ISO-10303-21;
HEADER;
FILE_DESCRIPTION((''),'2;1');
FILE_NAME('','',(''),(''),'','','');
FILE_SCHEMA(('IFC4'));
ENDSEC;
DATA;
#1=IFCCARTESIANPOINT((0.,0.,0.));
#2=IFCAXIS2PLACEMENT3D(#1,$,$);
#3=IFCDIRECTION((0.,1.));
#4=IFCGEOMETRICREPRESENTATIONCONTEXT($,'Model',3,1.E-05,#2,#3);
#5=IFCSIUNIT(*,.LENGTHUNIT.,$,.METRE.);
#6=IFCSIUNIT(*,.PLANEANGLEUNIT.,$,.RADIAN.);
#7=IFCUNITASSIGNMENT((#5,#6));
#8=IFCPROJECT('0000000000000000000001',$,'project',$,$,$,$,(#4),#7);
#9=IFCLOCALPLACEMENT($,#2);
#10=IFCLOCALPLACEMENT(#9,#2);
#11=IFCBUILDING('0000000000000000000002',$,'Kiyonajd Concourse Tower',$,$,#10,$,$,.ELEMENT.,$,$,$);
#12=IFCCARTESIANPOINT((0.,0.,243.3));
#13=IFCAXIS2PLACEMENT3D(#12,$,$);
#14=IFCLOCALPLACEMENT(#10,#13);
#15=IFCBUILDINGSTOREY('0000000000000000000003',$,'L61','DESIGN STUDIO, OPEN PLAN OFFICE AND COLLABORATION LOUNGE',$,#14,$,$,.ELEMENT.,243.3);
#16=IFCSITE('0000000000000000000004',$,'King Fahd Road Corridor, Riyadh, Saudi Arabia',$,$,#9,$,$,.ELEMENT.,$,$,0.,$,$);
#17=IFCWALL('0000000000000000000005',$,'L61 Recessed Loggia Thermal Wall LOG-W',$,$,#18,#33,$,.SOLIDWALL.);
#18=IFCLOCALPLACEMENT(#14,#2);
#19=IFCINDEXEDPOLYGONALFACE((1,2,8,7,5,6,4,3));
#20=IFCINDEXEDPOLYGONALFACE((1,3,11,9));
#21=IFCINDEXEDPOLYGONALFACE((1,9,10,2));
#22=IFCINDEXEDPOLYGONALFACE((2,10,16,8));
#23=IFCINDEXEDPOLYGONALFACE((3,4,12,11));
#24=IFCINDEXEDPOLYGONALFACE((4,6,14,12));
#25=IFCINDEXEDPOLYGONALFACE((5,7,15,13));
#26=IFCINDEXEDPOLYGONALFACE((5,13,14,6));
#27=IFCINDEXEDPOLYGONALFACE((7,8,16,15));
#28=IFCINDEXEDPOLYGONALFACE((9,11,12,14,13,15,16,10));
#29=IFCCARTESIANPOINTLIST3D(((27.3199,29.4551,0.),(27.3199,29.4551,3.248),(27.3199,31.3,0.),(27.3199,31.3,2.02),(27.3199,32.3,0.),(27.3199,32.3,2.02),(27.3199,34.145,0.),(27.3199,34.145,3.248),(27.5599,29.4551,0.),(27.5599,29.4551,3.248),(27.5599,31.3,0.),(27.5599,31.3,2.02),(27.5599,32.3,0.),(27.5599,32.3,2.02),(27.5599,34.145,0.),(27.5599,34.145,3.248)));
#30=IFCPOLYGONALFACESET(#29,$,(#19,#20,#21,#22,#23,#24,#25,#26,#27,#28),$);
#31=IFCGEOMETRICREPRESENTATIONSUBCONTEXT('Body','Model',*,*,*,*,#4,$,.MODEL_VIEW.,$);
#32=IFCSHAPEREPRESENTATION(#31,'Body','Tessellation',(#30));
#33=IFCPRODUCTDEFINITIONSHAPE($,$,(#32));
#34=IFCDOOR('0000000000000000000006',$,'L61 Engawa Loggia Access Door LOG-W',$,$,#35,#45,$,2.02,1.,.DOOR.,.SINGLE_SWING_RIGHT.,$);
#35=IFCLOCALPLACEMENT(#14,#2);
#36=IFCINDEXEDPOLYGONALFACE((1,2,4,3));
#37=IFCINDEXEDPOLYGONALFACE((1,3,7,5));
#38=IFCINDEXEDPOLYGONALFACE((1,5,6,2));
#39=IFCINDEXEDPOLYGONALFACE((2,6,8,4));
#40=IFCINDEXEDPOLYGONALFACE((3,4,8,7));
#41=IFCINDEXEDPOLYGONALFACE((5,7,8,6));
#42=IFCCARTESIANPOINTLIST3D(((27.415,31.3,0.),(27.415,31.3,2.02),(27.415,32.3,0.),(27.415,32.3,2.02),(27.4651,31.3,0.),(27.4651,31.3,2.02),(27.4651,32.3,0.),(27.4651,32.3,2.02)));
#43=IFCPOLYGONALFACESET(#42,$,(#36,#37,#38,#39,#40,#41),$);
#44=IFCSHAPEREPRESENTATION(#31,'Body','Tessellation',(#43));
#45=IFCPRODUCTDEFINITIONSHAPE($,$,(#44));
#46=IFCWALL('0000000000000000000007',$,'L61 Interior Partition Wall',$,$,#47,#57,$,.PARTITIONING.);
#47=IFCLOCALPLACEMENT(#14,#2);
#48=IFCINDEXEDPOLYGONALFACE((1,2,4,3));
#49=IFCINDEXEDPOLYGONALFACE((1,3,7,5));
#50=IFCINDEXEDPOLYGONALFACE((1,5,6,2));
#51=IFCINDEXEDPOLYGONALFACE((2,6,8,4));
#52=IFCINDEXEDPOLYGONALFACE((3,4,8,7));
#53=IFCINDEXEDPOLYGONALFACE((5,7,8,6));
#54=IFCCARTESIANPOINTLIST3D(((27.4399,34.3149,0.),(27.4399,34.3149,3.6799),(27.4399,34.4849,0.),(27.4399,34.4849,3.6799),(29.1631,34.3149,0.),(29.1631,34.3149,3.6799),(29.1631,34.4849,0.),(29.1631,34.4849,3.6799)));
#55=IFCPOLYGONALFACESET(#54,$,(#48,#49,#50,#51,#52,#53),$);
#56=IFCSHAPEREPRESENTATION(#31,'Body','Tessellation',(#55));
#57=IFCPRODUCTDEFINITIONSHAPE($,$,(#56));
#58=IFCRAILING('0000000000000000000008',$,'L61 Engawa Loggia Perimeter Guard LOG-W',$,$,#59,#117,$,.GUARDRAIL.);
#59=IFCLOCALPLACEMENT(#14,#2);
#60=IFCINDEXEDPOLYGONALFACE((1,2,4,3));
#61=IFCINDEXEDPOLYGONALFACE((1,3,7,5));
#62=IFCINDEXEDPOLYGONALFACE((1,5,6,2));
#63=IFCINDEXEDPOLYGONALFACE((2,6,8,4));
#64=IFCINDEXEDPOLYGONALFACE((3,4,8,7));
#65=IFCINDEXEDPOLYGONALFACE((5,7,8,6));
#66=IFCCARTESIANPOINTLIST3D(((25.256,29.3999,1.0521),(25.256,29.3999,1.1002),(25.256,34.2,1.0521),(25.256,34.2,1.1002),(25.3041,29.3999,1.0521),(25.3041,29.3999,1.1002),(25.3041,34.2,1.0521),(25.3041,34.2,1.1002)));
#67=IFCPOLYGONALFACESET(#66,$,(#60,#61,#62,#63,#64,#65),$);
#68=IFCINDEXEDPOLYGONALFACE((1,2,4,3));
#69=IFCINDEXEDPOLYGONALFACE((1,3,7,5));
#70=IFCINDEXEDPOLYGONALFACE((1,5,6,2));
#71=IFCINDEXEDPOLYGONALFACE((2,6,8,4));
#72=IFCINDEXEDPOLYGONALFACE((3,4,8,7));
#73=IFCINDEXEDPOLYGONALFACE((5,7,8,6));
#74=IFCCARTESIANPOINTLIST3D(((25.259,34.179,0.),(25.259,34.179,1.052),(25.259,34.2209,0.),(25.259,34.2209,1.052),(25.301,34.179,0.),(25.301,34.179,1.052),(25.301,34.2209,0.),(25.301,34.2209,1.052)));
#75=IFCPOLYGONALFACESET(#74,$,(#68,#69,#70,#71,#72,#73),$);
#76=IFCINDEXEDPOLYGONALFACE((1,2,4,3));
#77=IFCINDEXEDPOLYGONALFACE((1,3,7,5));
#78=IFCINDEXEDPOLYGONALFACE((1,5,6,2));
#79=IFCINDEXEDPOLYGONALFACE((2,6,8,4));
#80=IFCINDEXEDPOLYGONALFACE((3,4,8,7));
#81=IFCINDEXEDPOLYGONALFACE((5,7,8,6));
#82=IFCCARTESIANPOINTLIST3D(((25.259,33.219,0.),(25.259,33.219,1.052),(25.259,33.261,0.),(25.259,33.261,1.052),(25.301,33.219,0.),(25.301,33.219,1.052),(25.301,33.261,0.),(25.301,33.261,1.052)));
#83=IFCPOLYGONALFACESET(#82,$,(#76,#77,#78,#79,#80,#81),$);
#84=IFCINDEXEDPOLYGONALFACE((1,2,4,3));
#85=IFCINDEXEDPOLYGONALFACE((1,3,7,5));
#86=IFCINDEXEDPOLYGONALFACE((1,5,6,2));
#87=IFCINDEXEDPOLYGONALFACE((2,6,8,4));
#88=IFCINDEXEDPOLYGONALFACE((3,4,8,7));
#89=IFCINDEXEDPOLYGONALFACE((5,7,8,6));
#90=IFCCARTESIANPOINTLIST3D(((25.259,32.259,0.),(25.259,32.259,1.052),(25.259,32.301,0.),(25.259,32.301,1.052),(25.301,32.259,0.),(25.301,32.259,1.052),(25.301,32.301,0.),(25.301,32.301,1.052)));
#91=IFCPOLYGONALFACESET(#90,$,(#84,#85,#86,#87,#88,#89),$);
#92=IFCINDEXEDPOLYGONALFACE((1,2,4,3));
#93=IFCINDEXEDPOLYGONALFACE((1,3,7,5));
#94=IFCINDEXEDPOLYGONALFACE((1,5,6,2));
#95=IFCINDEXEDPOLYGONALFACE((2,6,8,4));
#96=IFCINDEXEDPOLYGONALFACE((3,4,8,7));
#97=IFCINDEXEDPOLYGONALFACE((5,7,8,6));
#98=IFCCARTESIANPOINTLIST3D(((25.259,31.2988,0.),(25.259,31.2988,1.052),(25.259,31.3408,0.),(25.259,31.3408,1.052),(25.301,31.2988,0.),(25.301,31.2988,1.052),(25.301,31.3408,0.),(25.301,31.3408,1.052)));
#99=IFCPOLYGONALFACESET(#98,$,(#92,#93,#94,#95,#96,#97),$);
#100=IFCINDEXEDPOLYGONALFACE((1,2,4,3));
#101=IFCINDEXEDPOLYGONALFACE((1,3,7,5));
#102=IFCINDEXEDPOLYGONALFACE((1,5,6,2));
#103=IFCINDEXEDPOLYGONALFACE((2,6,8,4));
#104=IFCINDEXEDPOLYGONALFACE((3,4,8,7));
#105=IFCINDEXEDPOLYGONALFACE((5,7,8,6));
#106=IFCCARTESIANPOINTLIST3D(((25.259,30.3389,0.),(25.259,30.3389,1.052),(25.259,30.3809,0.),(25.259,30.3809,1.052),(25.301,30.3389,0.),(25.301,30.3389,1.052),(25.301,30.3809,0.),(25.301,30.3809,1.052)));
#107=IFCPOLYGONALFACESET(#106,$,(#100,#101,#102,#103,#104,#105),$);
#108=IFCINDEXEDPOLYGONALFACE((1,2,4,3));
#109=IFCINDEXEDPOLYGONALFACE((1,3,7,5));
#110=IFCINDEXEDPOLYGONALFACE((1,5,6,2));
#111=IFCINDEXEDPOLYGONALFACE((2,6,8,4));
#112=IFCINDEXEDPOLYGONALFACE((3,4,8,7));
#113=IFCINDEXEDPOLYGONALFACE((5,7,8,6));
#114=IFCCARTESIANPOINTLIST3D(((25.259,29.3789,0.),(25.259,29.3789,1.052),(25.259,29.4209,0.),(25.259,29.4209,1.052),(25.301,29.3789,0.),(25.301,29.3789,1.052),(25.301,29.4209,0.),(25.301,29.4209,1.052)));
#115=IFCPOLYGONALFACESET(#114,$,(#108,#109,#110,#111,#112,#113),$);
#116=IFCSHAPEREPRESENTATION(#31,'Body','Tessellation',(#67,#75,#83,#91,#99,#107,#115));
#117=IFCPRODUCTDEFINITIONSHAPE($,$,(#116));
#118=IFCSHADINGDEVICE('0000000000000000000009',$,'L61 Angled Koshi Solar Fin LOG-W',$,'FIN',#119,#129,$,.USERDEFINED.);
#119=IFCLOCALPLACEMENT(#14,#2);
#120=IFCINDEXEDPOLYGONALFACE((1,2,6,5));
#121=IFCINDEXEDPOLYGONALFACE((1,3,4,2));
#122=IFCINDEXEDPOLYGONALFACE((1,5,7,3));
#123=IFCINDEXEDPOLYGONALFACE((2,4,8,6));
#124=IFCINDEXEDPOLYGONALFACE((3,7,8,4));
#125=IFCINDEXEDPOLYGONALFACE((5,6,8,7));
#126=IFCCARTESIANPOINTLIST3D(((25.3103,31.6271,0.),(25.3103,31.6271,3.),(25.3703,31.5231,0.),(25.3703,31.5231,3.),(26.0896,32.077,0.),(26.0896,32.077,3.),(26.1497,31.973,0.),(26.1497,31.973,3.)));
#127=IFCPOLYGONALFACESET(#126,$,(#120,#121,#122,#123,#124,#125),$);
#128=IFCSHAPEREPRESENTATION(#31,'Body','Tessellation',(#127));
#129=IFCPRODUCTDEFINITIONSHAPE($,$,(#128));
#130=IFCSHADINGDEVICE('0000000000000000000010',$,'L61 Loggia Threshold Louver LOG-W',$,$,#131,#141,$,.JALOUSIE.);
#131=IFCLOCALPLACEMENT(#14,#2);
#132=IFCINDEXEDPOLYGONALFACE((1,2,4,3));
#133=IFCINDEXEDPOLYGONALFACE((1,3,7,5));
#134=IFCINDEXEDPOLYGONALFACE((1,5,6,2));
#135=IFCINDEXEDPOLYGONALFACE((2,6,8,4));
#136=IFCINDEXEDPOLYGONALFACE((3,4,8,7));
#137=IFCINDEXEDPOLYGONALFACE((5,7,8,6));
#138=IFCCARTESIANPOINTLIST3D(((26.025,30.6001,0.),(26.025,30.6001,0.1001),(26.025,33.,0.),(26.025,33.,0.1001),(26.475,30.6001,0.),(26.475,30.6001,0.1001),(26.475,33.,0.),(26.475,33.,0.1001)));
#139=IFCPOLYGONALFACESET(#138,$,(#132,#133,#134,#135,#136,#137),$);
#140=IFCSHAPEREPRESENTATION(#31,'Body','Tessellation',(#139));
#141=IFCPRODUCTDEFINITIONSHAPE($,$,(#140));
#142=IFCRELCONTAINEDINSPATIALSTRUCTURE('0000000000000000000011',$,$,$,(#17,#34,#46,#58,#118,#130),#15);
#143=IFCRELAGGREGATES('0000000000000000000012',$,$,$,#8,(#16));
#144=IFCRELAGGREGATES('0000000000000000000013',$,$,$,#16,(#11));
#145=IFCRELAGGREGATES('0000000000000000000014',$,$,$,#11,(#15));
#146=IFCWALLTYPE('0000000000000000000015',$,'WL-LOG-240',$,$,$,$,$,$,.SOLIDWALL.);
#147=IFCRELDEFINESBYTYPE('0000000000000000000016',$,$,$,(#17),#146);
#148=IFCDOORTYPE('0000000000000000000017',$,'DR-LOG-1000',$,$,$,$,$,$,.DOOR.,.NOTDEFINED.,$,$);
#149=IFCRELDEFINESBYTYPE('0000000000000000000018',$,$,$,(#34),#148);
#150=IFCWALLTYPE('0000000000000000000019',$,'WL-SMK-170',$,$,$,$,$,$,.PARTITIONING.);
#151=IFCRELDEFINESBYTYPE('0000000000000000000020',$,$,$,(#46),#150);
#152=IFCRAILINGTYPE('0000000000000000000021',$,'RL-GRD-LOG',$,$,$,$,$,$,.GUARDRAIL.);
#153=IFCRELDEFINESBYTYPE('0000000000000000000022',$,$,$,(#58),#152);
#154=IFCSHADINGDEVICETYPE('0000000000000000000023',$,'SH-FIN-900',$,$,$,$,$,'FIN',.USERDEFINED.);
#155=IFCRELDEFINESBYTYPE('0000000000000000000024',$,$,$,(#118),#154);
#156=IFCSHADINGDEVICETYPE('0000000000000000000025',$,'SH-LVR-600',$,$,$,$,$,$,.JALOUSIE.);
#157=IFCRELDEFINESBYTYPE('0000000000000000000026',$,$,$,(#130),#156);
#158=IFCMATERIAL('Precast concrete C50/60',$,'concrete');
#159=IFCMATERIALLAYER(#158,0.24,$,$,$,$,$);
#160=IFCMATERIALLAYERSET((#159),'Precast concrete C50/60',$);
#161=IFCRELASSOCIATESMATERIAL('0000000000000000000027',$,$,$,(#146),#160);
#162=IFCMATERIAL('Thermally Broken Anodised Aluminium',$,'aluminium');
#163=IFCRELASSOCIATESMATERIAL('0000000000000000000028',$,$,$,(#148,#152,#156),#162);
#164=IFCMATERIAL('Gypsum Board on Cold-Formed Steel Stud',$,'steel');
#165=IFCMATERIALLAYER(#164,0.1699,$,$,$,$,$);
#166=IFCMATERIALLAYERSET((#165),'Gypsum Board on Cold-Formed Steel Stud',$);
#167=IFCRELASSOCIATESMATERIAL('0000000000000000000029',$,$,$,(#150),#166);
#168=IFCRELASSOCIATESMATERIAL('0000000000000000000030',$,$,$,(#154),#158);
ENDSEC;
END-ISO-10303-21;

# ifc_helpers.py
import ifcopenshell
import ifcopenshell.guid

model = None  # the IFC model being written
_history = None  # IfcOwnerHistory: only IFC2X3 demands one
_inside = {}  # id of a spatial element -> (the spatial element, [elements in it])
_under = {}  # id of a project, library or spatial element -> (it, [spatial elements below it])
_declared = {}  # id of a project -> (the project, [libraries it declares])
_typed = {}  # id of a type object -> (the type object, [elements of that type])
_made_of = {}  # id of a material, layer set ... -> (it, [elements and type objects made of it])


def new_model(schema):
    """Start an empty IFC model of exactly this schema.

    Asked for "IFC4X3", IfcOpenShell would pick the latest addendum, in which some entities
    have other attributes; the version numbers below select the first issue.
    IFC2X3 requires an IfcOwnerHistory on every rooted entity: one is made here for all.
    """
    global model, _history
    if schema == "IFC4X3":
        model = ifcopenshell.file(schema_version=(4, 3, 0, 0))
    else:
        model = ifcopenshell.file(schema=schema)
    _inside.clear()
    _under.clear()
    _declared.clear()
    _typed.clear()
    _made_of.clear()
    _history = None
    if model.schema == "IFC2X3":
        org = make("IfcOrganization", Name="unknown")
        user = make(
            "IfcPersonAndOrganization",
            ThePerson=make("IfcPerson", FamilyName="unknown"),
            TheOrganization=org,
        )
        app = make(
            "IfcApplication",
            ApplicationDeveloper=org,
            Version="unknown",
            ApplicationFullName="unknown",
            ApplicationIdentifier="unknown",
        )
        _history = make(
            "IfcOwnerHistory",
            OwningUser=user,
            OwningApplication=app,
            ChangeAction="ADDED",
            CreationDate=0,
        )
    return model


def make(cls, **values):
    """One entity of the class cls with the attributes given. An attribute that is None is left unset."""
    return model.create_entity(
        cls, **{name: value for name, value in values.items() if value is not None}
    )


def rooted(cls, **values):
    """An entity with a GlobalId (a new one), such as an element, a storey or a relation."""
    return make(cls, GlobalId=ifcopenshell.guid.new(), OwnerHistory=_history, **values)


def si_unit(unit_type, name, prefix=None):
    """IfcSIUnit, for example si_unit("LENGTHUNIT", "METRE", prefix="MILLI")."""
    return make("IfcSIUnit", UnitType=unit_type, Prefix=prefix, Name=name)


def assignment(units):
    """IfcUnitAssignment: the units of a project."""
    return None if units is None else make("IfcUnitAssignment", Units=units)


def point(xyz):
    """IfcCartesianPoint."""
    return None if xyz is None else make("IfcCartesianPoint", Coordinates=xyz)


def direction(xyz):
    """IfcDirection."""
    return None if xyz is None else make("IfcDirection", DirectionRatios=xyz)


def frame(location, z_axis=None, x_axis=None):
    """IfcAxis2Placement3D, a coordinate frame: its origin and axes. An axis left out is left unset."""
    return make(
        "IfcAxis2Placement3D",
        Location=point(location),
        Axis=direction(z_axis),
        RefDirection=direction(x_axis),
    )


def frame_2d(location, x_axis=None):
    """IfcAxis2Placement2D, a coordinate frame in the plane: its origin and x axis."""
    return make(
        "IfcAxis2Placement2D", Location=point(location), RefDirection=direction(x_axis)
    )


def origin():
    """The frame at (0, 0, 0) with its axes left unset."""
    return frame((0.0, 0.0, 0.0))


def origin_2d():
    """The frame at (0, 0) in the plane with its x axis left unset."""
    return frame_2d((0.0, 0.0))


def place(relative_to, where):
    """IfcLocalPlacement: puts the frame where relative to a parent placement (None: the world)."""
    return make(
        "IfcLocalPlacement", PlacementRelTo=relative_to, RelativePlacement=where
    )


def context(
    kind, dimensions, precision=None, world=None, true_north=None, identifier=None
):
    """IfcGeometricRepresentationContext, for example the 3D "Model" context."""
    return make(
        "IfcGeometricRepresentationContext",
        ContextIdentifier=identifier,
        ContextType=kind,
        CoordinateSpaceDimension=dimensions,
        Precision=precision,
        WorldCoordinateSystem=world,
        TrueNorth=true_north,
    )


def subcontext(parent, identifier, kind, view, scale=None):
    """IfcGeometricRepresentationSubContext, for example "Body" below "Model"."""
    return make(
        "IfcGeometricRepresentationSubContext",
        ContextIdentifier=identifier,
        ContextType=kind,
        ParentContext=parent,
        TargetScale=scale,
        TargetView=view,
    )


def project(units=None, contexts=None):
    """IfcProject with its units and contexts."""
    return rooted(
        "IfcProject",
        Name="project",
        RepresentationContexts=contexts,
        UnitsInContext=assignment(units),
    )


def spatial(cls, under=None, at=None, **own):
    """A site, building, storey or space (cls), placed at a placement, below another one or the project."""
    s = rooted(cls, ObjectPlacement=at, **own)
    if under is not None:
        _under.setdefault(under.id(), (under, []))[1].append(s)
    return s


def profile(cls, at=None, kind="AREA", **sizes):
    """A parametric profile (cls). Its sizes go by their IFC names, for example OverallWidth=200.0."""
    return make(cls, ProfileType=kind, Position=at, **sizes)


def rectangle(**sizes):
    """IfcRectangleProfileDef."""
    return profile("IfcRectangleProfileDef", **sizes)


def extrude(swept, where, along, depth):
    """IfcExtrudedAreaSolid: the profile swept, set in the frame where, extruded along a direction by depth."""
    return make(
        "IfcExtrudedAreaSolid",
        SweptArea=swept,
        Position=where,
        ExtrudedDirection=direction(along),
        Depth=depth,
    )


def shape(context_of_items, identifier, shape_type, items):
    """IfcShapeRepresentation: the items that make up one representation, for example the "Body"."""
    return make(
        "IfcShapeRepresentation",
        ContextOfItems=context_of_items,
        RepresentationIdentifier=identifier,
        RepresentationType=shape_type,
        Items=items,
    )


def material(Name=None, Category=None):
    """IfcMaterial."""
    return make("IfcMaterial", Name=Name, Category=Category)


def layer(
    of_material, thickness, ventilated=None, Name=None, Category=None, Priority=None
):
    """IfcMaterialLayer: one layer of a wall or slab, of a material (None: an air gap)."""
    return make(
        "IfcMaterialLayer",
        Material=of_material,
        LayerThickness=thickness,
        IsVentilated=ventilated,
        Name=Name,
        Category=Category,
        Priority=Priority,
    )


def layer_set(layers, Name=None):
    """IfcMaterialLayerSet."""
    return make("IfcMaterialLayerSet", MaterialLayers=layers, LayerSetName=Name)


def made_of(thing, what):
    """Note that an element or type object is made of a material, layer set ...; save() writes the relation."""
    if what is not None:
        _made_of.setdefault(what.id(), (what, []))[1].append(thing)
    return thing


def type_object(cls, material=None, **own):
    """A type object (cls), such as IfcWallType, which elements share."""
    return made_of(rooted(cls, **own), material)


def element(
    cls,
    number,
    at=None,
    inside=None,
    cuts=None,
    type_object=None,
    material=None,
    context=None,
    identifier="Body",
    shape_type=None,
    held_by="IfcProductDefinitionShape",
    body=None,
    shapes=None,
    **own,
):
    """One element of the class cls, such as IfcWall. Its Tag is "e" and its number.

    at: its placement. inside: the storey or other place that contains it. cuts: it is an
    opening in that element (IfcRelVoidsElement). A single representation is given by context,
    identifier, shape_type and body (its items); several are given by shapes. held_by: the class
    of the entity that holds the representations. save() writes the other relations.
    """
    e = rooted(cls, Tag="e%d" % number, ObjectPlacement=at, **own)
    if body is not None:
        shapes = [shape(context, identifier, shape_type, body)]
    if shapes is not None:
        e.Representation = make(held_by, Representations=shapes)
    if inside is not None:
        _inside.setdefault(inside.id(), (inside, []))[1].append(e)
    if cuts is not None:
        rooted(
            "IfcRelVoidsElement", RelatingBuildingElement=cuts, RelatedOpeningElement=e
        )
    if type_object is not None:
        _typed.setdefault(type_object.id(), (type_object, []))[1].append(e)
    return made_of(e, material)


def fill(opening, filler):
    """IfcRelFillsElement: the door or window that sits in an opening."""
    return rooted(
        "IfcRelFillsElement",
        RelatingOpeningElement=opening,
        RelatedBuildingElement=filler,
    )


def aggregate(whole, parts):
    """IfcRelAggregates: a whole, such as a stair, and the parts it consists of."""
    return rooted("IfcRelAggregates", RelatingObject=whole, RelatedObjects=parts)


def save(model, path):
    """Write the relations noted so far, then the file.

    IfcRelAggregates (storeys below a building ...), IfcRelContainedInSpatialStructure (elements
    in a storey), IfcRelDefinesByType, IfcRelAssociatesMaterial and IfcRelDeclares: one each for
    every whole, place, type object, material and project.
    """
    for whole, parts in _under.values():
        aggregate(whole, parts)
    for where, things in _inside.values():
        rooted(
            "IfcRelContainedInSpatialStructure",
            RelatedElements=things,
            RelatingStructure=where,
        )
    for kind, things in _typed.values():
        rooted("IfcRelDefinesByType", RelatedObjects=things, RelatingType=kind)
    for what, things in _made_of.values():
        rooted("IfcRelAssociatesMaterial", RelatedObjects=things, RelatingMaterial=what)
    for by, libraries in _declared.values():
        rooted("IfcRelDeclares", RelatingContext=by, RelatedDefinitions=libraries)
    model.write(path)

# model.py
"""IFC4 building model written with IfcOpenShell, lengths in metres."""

from ifc_helpers import new_model, si_unit, direction, frame, frame_2d, origin, origin_2d, place, context, subcontext, project, spatial, rectangle, extrude, material, layer, layer_set, type_object, element, fill, save


model = new_model("IFC4")

# Units and contexts
model_context = context("Model", 3, precision=1e-05, world=origin(), true_north=direction((0.0, 1.0)))
body_context = subcontext(model_context, "Body", "Model", "MODEL_VIEW")
ifc_project = project(units=[si_unit("LENGTHUNIT", "METRE"), si_unit("PLANEANGLEUNIT", "RADIAN")], contexts=[model_context])

# Site, building, storey
site_placement = place(None, origin())
site = spatial("IfcSite", under=ifc_project, at=site_placement, Name="King Fahd Road Corridor, Riyadh, Saudi Arabia", CompositionType="ELEMENT", RefElevation=0.0)
building_placement = place(site_placement, origin())
building = spatial("IfcBuilding", under=site, at=building_placement, Name="Kiyonajd Concourse Tower", CompositionType="ELEMENT")
storey_placement = place(building_placement, frame((0.0, 0.0, 243.3)))
storey = spatial("IfcBuildingStorey", under=building, at=storey_placement, Name="L61", Description="DESIGN STUDIO, OPEN PLAN OFFICE AND COLLABORATION LOUNGE", CompositionType="ELEMENT", Elevation=243.3)

# Shared definitions
ifc_material_1 = material(Name="Thermally Broken Anodised Aluminium", Category="aluminium")

# Shared definitions
ifc_material_2 = material(Name="Precast concrete C50/60", Category="concrete")

# Wall, opening, door
ifc_layer_1 = layer(ifc_material_2, 0.24)
ifc_layer_set_1 = layer_set([ifc_layer_1], Name="Precast concrete C50/60")
wall_type_1 = type_object("IfcWallType", Name="WL-LOG-240", PredefinedType="SOLIDWALL", material=ifc_layer_set_1)
wall_1_placement = place(storey_placement, frame((27.4399, 29.4551, 0.0), z_axis=(0.0, 0.0, 1.0), x_axis=(0.0, 1.0, 0.0)))
wall_1 = element("IfcWall", 1, at=wall_1_placement, inside=storey, type_object=wall_type_1, Name="L61 Recessed Loggia Thermal Wall LOG-W", PredefinedType="SOLIDWALL", context=body_context, shape_type="SweptSolid", body=[
    extrude(rectangle(XDim=4.6899, YDim=0.24, at=frame_2d((2.345, 0.0))), origin(), (0.0, 0.0, 1.0), 3.248),
])
opening_placement = place(wall_1_placement, frame((1.845, 0.0, 0.0)))
opening = element("IfcOpeningElement", 2, at=opening_placement, cuts=wall_1, PredefinedType="OPENING", context=body_context, shape_type="SweptSolid", body=[
    extrude(rectangle(XDim=1.0, YDim=2.02, at=frame_2d((0.5, 1.01))), frame((0.0, 0.1299, 0.0), z_axis=(0.0, -1.0, 0.0), x_axis=(1.0, 0.0, 0.0)), (0.0, 0.0, 1.0), 0.26),
])
door_type = type_object("IfcDoorType", Name="DR-LOG-1000", OperationType="NOTDEFINED", PredefinedType="DOOR", material=ifc_material_1)
door_placement = place(opening_placement, origin())
door = element("IfcDoor", 3, at=door_placement, inside=storey, type_object=door_type, Name="L61 Engawa Loggia Access Door LOG-W", OperationType="SINGLE_SWING_RIGHT", OverallHeight=2.02, OverallWidth=1.0, PredefinedType="DOOR", context=body_context, shape_type="SweptSolid", body=[
    extrude(rectangle(XDim=1.0, YDim=2.02, at=frame_2d((0.5, 1.01))), frame((0.0, 0.0249, 0.0), z_axis=(0.0, -1.0, 0.0), x_axis=(1.0, 0.0, 0.0)), (0.0, 0.0, 1.0), 0.05),
])
fill(opening, door)

# Wall
ifc_material_3 = material(Name="Gypsum Board on Cold-Formed Steel Stud", Category="steel")
ifc_layer_2 = layer(ifc_material_3, 0.1699)
ifc_layer_set_2 = layer_set([ifc_layer_2], Name="Gypsum Board on Cold-Formed Steel Stud")
wall_type_2 = type_object("IfcWallType", Name="WL-SMK-170", PredefinedType="PARTITIONING", material=ifc_layer_set_2)
wall_2_placement = place(storey_placement, frame((27.4399, 34.3999, 0.0), z_axis=(0.0, 0.0, 1.0), x_axis=(1.0, 0.0, 0.0)))
element("IfcWall", 4, at=wall_2_placement, inside=storey, type_object=wall_type_2, Name="L61 Interior Partition Wall", PredefinedType="PARTITIONING", context=body_context, shape_type="SweptSolid", body=[
    extrude(rectangle(XDim=1.7231, YDim=0.1699, at=frame_2d((0.8616, 0.0))), origin(), (0.0, 0.0, 1.0), 3.6799),
])

# Railing
railing_type = type_object("IfcRailingType", Name="RL-GRD-LOG", PredefinedType="GUARDRAIL", material=ifc_material_1)
railing_placement = place(storey_placement, frame((25.28, 34.2, 0.0)))
element("IfcRailing", 5, at=railing_placement, inside=storey, type_object=railing_type, Name="L61 Engawa Loggia Perimeter Guard LOG-W", PredefinedType="GUARDRAIL", context=body_context, shape_type="SweptSolid", body=[
    extrude(rectangle(XDim=0.0481, YDim=0.0481, at=origin_2d()), frame((0.0, 0.0, 1.0762), z_axis=(0.0, -1.0, 0.0), x_axis=(1.0, 0.0, 0.0)), (0.0, 0.0, 1.0), 4.8),
    extrude(rectangle(XDim=0.042, YDim=0.042, at=origin_2d()), origin(), (0.0, 0.0, 1.0), 1.052),
    extrude(rectangle(XDim=0.042, YDim=0.042, at=origin_2d()), frame((0.0, -0.96, 0.0)), (0.0, 0.0, 1.0), 1.052),
    extrude(rectangle(XDim=0.042, YDim=0.042, at=origin_2d()), frame((0.0, -1.9199, 0.0)), (0.0, 0.0, 1.0), 1.052),
    extrude(rectangle(XDim=0.042, YDim=0.042, at=origin_2d()), frame((0.0, -2.8801, 0.0)), (0.0, 0.0, 1.0), 1.052),
    extrude(rectangle(XDim=0.042, YDim=0.042, at=origin_2d()), frame((0.0, -3.8401, 0.0)), (0.0, 0.0, 1.0), 1.052),
    extrude(rectangle(XDim=0.042, YDim=0.042, at=origin_2d()), frame((0.0, -4.8, 0.0)), (0.0, 0.0, 1.0), 1.052),
])

# Shading devices
shading_device_type_1 = type_object("IfcShadingDeviceType", Name="SH-FIN-900", ElementType="FIN", PredefinedType="USERDEFINED", material=ifc_material_2)
shading_device_1_placement = place(storey_placement, frame((25.73, 31.8, 0.0), z_axis=(0.0, 0.0, 1.0), x_axis=(0.866025, 0.5, 0.0)))
element("IfcShadingDevice", 6, at=shading_device_1_placement, inside=storey, type_object=shading_device_type_1, Name="L61 Angled Koshi Solar Fin LOG-W", ObjectType="FIN", PredefinedType="USERDEFINED", context=body_context, shape_type="SweptSolid", body=[
    extrude(rectangle(XDim=0.8999, YDim=0.1201, at=origin_2d()), origin(), (0.0, 0.0, 1.0), 3.0),
])
shading_device_type_2 = type_object("IfcShadingDeviceType", Name="SH-LVR-600", PredefinedType="JALOUSIE", material=ifc_material_1)
shading_device_2_placement = place(storey_placement, frame((26.25, 31.8, 0.0), z_axis=(0.0, 0.0, 1.0), x_axis=(0.0, 1.0, 0.0)))
element("IfcShadingDevice", 7, at=shading_device_2_placement, inside=storey, type_object=shading_device_type_2, Name="L61 Loggia Threshold Louver LOG-W", PredefinedType="JALOUSIE", context=body_context, shape_type="SweptSolid", body=[
    extrude(rectangle(XDim=2.3999, YDim=0.45, at=origin_2d()), origin(), (0.0, 0.0, 1.0), 0.1001),
])

save(model, "model.ifc")
